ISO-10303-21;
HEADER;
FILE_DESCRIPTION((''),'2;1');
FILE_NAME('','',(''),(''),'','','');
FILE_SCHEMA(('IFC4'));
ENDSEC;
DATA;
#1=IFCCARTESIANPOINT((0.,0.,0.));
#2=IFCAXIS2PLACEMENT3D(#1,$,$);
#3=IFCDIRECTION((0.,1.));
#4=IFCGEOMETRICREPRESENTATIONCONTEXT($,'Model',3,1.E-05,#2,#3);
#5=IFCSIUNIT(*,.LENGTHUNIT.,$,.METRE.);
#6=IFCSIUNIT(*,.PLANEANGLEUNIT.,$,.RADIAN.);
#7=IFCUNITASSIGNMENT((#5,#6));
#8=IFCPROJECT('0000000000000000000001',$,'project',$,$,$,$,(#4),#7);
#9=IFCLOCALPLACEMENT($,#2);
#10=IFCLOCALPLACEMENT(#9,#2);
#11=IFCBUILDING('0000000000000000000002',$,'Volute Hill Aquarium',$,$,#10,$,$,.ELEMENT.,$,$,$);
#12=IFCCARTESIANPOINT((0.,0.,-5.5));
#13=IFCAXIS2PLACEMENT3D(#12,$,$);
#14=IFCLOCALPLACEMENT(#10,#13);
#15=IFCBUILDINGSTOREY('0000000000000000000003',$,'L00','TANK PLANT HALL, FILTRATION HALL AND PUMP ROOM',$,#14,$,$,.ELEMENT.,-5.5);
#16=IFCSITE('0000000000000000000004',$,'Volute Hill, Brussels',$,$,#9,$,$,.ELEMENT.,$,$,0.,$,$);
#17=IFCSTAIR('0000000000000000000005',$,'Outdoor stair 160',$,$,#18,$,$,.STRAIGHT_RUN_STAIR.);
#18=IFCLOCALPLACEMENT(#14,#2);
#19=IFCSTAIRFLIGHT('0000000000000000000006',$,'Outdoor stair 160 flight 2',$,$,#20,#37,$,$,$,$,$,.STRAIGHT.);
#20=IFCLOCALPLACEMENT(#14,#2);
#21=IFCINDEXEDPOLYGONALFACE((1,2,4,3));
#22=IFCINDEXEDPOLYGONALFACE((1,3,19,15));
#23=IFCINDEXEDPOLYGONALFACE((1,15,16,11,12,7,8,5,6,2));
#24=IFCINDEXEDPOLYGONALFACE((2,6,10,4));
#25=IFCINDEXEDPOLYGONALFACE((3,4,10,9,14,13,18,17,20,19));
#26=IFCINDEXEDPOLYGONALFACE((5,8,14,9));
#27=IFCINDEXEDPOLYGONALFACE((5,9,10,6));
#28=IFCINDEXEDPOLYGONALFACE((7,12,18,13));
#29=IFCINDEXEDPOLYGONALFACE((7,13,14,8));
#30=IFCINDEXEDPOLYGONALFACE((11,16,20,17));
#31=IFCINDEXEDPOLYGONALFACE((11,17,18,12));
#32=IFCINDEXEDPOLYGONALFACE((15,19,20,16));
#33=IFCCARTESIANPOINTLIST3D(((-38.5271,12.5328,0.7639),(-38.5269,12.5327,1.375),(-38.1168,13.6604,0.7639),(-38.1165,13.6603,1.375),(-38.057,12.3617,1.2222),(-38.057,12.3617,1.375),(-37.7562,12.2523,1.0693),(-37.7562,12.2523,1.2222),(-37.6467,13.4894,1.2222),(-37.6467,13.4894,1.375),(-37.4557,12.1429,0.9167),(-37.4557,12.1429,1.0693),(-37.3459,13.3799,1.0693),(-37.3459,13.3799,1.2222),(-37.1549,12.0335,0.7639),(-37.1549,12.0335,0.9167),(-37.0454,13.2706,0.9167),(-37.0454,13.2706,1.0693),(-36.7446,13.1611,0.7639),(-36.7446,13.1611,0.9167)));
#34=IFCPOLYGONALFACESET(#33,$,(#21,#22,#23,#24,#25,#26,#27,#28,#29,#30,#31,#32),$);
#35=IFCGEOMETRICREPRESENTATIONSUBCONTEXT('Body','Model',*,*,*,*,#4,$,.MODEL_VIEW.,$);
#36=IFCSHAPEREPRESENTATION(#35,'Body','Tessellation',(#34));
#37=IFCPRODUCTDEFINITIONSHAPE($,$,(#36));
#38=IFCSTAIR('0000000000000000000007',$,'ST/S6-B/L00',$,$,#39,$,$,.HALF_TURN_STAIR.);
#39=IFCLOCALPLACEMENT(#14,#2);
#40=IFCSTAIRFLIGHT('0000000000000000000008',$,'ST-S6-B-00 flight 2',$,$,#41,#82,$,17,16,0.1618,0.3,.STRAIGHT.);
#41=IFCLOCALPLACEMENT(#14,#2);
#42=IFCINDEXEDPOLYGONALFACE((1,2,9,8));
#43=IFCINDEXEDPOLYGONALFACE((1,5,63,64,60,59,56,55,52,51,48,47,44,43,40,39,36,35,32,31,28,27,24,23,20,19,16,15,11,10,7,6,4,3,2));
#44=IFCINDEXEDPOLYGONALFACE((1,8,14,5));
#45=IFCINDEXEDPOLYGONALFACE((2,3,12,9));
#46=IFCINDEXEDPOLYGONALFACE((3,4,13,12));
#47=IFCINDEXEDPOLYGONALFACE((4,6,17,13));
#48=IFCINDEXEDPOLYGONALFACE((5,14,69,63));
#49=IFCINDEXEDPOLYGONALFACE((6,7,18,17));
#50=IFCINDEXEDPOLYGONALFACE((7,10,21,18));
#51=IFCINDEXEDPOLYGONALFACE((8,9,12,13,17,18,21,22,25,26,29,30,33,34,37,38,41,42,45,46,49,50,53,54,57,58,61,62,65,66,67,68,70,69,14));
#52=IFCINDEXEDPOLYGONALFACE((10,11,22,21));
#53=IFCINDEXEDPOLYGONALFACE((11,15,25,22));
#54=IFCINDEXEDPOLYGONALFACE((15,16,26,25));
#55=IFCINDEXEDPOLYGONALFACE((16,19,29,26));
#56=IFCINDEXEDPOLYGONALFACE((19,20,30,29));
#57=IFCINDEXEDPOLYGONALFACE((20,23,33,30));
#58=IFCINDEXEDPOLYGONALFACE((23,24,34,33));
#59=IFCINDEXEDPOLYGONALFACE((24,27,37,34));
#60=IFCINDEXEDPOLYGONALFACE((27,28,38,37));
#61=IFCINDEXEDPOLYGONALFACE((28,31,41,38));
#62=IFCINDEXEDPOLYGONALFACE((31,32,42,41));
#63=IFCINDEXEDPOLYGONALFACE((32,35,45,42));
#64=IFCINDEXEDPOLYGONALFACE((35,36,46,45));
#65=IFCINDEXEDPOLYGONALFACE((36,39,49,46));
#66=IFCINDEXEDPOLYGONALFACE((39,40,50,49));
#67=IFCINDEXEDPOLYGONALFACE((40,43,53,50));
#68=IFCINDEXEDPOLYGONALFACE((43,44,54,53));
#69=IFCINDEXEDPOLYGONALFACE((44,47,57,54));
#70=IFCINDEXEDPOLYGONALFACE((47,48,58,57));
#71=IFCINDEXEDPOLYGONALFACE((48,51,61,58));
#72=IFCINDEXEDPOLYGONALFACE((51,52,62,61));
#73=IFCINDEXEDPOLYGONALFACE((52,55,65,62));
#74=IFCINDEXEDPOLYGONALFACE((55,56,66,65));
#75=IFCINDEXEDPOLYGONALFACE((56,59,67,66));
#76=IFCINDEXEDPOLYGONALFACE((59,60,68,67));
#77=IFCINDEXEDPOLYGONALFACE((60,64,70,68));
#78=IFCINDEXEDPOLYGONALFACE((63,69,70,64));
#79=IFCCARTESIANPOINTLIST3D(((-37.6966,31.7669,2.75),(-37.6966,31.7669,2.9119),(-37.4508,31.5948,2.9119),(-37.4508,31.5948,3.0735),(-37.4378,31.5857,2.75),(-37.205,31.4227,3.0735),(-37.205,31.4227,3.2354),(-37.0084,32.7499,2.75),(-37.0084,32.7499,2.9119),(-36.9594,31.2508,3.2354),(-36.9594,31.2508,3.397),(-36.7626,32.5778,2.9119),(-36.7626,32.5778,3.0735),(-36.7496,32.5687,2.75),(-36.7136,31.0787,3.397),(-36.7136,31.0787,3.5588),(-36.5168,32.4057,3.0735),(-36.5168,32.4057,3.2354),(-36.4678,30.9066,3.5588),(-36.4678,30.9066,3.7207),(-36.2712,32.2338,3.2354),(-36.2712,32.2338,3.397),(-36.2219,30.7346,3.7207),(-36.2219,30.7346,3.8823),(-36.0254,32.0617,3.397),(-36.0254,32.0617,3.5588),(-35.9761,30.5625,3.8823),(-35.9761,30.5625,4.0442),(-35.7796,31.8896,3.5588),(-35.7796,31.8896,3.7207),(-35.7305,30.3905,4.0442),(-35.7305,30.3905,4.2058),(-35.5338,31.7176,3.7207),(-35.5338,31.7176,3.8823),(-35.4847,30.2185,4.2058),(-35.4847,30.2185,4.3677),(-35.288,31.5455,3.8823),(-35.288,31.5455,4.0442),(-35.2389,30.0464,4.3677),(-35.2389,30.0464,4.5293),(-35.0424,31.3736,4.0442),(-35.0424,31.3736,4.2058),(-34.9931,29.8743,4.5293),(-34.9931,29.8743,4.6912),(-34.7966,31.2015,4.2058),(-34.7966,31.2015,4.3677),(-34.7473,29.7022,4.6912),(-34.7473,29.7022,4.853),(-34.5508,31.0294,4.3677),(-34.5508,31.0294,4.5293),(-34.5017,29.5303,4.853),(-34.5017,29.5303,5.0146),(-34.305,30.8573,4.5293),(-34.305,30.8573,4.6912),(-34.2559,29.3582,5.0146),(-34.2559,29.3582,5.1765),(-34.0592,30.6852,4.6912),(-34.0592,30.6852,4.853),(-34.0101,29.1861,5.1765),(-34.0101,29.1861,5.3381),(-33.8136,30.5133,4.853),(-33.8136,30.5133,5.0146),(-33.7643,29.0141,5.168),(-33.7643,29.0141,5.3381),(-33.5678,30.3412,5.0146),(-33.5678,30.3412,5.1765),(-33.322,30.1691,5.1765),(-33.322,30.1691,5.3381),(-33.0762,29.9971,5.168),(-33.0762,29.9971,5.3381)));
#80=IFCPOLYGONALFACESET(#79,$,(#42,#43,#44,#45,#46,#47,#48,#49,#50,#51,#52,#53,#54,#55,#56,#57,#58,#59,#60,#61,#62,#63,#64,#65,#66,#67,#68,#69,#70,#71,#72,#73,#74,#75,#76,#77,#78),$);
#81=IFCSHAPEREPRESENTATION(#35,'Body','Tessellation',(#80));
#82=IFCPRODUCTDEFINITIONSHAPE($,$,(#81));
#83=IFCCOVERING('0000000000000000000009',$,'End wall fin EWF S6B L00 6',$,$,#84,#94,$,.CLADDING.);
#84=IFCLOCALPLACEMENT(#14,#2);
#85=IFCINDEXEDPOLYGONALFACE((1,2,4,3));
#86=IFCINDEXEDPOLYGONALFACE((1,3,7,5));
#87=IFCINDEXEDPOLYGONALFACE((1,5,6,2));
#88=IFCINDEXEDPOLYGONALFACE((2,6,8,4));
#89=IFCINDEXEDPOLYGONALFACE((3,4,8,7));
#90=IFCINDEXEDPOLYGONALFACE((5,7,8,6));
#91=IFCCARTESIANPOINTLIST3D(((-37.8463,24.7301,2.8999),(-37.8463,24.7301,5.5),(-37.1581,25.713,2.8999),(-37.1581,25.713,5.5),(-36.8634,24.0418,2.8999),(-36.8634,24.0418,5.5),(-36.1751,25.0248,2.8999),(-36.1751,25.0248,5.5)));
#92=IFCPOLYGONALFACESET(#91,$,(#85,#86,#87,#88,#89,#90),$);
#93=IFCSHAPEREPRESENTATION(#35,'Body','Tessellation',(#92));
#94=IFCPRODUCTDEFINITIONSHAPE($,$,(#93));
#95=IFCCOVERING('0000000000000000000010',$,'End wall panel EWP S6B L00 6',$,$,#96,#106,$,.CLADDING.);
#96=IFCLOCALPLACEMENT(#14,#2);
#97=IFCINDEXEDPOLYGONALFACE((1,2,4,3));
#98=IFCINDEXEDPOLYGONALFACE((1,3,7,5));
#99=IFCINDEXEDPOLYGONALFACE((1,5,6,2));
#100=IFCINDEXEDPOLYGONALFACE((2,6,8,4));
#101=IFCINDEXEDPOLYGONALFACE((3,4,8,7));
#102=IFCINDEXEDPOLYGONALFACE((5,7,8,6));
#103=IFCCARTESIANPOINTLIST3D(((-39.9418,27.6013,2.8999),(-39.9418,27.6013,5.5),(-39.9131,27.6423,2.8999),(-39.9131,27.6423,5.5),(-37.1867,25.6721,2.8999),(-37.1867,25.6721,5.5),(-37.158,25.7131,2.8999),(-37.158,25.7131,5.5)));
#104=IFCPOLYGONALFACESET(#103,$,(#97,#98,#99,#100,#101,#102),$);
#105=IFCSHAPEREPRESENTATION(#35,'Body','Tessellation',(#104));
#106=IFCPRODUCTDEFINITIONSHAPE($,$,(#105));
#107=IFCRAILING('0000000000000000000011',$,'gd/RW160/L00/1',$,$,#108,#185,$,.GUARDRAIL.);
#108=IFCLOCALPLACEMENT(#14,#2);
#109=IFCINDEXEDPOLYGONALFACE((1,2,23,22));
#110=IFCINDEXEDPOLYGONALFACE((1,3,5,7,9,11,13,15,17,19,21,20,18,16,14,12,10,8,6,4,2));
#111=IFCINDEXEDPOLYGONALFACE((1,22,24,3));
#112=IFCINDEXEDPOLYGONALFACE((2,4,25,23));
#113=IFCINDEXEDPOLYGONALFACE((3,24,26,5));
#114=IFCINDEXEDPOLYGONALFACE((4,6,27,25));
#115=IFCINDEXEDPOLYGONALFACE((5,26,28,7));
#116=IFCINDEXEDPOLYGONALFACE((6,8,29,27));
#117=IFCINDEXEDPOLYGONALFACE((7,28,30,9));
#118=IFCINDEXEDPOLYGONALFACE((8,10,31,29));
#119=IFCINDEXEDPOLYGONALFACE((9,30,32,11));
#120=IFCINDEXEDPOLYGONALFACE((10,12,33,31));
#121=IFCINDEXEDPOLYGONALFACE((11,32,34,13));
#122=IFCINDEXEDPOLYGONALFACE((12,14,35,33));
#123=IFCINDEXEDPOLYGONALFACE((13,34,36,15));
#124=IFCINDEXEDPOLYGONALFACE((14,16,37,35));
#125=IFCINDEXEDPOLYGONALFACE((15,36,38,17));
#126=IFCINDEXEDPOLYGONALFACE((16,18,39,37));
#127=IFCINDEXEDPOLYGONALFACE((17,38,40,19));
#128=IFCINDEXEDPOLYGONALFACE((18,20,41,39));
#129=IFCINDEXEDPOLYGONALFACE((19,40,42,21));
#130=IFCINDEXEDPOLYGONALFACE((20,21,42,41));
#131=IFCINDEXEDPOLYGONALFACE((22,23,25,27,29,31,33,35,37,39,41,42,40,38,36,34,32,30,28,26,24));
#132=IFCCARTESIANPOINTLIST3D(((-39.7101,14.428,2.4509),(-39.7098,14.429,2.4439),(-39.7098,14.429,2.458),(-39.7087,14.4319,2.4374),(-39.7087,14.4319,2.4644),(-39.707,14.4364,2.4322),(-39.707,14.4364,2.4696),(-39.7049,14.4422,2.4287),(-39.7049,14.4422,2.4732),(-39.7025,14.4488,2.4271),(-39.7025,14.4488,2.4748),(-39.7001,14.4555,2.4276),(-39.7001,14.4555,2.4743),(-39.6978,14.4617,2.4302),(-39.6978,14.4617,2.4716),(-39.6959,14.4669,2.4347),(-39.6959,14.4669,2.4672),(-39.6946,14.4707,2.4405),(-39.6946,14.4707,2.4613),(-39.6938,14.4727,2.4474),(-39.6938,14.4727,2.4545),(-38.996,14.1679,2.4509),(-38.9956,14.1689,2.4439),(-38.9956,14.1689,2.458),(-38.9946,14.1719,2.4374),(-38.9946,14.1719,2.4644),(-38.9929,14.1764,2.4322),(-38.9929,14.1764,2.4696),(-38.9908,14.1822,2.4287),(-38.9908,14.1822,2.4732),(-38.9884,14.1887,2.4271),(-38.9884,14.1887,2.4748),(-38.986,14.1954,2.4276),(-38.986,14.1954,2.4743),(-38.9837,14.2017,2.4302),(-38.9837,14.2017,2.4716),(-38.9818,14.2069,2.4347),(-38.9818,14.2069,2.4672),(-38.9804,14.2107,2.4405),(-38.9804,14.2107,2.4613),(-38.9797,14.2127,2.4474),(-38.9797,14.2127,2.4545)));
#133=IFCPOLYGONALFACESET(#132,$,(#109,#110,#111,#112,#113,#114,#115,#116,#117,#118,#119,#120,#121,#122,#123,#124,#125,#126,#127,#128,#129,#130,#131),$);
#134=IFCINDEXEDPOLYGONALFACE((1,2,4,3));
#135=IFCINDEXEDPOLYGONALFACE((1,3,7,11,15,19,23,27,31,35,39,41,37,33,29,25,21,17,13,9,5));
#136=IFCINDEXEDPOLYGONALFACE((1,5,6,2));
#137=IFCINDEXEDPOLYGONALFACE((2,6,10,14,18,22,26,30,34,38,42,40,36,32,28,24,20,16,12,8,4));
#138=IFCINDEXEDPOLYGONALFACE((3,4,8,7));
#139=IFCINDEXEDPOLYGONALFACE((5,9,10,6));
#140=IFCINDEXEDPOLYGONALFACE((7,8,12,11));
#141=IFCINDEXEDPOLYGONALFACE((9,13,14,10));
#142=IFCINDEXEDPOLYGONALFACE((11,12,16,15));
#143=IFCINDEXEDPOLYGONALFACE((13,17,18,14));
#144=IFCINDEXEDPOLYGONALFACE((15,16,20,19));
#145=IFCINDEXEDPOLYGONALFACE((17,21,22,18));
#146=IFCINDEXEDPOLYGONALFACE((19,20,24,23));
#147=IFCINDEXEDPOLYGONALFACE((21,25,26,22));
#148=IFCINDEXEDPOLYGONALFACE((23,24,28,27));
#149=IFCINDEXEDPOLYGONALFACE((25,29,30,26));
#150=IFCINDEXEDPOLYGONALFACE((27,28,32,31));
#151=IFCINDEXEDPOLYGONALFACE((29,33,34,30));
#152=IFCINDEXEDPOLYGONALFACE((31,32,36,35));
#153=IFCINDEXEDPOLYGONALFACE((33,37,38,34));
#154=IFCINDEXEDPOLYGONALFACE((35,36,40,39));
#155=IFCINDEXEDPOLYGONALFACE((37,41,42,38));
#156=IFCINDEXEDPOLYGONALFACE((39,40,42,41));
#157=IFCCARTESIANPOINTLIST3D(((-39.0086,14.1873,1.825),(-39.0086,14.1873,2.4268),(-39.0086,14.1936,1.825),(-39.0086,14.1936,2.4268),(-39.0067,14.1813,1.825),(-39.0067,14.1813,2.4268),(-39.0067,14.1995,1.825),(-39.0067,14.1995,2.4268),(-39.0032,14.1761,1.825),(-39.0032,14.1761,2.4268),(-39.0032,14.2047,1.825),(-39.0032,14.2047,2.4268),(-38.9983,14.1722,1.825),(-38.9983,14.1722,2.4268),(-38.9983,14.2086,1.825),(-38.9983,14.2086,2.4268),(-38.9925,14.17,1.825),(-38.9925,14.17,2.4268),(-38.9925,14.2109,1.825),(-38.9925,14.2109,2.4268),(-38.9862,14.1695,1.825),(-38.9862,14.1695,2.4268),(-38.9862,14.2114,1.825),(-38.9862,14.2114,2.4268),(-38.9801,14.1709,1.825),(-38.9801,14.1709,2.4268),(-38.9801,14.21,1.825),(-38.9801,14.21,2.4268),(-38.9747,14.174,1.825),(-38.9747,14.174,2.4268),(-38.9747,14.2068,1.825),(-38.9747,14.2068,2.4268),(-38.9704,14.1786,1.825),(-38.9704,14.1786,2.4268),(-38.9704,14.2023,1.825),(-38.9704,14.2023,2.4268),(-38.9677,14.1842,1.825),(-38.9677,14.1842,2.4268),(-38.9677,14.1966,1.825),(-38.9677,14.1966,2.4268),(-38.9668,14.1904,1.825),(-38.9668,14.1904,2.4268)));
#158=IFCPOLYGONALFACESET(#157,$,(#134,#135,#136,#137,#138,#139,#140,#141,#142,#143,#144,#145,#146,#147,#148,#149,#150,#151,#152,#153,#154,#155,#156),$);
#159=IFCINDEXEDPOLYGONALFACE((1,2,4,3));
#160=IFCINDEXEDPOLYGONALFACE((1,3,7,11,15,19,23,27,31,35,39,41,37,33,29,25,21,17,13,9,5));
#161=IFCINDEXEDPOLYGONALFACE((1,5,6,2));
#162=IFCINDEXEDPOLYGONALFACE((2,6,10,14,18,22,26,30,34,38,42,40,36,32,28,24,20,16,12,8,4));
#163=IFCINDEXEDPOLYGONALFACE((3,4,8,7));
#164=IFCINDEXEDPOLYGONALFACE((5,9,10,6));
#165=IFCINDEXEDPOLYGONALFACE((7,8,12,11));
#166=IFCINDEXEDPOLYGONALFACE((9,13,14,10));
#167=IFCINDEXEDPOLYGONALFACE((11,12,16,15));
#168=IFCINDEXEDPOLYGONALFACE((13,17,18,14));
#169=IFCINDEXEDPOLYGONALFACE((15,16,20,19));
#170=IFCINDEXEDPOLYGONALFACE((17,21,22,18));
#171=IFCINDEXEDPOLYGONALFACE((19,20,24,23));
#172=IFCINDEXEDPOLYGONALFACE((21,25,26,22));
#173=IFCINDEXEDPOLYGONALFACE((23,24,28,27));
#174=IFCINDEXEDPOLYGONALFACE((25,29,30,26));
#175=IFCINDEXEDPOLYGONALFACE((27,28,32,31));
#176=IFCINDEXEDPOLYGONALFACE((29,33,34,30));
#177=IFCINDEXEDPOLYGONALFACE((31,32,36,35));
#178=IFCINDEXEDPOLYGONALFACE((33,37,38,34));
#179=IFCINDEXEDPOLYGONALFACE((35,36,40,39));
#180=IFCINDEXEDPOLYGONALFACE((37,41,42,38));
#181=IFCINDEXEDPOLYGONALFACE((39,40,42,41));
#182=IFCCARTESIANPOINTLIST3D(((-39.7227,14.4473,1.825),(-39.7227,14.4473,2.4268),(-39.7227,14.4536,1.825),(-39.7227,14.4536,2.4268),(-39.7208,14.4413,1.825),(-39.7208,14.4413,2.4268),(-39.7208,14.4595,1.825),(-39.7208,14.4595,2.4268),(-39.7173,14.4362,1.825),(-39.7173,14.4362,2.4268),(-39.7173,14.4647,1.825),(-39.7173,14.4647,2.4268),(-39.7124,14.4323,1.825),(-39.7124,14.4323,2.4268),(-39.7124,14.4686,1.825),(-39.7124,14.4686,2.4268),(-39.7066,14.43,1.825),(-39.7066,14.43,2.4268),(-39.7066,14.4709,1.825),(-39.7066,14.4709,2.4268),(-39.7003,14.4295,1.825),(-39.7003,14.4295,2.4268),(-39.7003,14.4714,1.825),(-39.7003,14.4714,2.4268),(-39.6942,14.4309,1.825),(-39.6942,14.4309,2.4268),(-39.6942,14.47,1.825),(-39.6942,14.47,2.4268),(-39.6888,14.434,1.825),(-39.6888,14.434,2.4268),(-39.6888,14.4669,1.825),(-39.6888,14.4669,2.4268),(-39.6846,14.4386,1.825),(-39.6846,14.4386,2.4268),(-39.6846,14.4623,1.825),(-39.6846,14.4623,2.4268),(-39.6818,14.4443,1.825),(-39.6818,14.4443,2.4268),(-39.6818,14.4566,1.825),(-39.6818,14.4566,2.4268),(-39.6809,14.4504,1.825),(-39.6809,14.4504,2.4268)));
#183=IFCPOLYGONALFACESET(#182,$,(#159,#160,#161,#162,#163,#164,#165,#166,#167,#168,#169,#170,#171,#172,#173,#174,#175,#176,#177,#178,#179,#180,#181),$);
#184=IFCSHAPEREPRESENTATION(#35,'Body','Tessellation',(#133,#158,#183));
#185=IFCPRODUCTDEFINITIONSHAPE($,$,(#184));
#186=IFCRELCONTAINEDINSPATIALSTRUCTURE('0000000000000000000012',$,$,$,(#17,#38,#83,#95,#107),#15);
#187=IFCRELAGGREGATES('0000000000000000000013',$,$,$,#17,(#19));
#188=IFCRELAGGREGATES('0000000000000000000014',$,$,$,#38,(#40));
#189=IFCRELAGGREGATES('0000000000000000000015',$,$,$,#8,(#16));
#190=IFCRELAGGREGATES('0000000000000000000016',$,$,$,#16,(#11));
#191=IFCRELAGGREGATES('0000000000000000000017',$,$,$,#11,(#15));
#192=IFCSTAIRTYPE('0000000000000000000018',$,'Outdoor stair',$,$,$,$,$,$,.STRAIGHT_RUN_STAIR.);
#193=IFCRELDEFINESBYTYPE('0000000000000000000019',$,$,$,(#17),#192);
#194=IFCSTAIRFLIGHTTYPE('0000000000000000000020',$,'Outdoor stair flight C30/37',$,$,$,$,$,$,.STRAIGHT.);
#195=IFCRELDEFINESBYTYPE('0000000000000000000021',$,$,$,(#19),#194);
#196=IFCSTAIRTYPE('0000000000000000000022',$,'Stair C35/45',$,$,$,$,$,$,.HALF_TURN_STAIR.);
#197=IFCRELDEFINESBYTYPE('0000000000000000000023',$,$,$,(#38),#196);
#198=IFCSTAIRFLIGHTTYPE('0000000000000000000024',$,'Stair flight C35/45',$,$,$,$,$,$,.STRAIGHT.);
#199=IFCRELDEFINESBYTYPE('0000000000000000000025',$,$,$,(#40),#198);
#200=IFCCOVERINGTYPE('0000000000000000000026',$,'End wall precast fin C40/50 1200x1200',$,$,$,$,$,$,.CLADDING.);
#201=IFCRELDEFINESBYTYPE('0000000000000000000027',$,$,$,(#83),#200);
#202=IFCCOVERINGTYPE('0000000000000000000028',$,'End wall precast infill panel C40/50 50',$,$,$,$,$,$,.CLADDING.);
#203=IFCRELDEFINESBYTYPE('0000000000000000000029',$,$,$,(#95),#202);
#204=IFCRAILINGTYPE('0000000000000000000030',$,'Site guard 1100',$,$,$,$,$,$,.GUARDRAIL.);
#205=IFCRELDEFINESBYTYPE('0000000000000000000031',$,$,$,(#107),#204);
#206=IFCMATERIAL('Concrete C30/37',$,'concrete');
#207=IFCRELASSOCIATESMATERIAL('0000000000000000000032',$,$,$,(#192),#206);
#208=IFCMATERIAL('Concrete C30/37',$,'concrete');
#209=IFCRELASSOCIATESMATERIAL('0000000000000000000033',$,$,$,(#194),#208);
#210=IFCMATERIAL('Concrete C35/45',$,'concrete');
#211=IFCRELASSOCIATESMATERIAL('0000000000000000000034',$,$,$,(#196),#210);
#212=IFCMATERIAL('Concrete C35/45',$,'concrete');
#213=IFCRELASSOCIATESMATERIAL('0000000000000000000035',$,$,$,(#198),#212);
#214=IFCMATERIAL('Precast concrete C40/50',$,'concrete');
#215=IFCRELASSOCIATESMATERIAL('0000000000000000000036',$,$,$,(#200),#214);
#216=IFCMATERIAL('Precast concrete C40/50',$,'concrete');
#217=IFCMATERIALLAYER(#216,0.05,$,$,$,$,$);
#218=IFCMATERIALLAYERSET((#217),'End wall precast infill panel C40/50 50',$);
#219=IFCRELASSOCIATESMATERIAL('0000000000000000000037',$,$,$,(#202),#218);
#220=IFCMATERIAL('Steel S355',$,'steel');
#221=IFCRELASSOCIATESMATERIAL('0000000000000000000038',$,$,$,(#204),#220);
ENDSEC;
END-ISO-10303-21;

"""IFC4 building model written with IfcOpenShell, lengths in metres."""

from ifc_helpers import new_model, si_unit, direction, frame, origin, origin_2d, place, context, subcontext, project, spatial, polyline, rectangle, circle, outline, extrude, material, layer, layer_set, type_object, element, aggregate, save


model = new_model("IFC4")

# Units and contexts
model_context = context("Model", 3, precision=1e-05, world=origin(), true_north=direction((0.0, 1.0)))
body_context = subcontext(model_context, "Body", "Model", "MODEL_VIEW")
ifc_project = project(units=[si_unit("LENGTHUNIT", "METRE"), si_unit("PLANEANGLEUNIT", "RADIAN")], contexts=[model_context])

# Site, building, storey
site_placement = place(None, origin())
site = spatial("IfcSite", under=ifc_project, at=site_placement, Name="Volute Hill, Brussels", CompositionType="ELEMENT", RefElevation=0.0)
building_placement = place(site_placement, origin())
building = spatial("IfcBuilding", under=site, at=building_placement, Name="Volute Hill Aquarium", CompositionType="ELEMENT")
storey_placement = place(building_placement, frame((0.0, 0.0, -5.5)))
storey = spatial("IfcBuildingStorey", under=building, at=storey_placement, Name="L00", Description="TANK PLANT HALL, FILTRATION HALL AND PUMP ROOM", CompositionType="ELEMENT", Elevation=-5.5)

# Stairs, stair flights
ifc_material_1 = material(Name="Concrete C30/37", Category="concrete")
stair_type_1 = type_object("IfcStairType", Name="Outdoor stair", PredefinedType="STRAIGHT_RUN_STAIR", material=ifc_material_1)
stair_1_placement = place(storey_placement, origin())
stair_1 = element("IfcStair", 1, at=stair_1_placement, inside=storey, type_object=stair_type_1, Name="Outdoor stair 160", PredefinedType="STRAIGHT_RUN_STAIR")
ifc_material_2 = material(Name="Concrete C30/37", Category="concrete")
stair_flight_type_1 = type_object("IfcStairFlightType", Name="Outdoor stair flight C30/37", PredefinedType="STRAIGHT", material=ifc_material_2)
stair_flight_1_placement = place(storey_placement, frame((-36.9497, 12.5974, 0.7639), z_axis=(0.0, 0.0, 1.0), x_axis=(-0.93972, 0.341944, 0.0)))
stair_flight_1 = element("IfcStairFlight", 2, at=stair_flight_1_placement, type_object=stair_flight_type_1, Name="Outdoor stair 160 flight 2", PredefinedType="STRAIGHT", context=body_context, shape_type="SweptSolid", body=[
    extrude(outline(polyline([(0.0, 0.0), (1.4602, 0.0), (1.46, 0.6111), (0.96, 0.6111), (0.96, 0.4583), (0.6399, 0.4583), (0.6399, 0.3054), (0.3201, 0.3054), (0.3201, 0.1528), (0.0, 0.1528), (0.0, 0.0), (0.0, 0.0)])), frame((0.0, 0.6001, 0.0), z_axis=(0.0, -1.0, 0.0), x_axis=(1.0, 0.0, 0.0)), (0.0, 0.0, 1.0), 1.2),
])
aggregate(stair_1, [stair_flight_1])
ifc_material_3 = material(Name="Concrete C35/45", Category="concrete")
stair_type_2 = type_object("IfcStairType", Name="Stair C35/45", PredefinedType="HALF_TURN_STAIR", material=ifc_material_3)
stair_2_placement = place(storey_placement, origin())
stair_2 = element("IfcStair", 3, at=stair_2_placement, inside=storey, type_object=stair_type_2, Name="ST/S6-B/L00", PredefinedType="HALF_TURN_STAIR")
ifc_material_4 = material(Name="Concrete C35/45", Category="concrete")
stair_flight_type_2 = type_object("IfcStairFlightType", Name="Stair flight C35/45", PredefinedType="STRAIGHT", material=ifc_material_4)
stair_flight_2_placement = place(storey_placement, frame((-37.3525, 32.2583, 2.75), z_axis=(0.0, 0.0, 1.0), x_axis=(0.819204, -0.573503, 0.0)))
stair_flight_2 = element("IfcStairFlight", 4, at=stair_flight_2_placement, type_object=stair_flight_type_2, Name="ST-S6-B-00 flight 2", NumberOfRisers=17, NumberOfTreads=16, PredefinedType="STRAIGHT", RiserHeight=0.1618, TreadLength=0.3, context=body_context, shape_type="SweptSolid", body=[
    extrude(outline(polyline([(0.0, 0.0), (0.0, 0.1619), (0.3, 0.1619), (0.3, 0.3235), (0.6001, 0.3235), (0.6001, 0.4854), (0.8999, 0.4854), (0.8999, 0.647), (1.2, 0.647), (1.2, 0.8088), (1.5, 0.8088), (1.5, 0.9707), (1.8, 0.9707), (1.8, 1.1323), (2.1001, 1.1323), (2.1001, 1.2942), (2.3999, 1.2942), (2.3999, 1.4558), (2.7, 1.4558), (2.7, 1.6177), (3.0, 1.6177), (3.0, 1.7793), (3.3, 1.7793), (3.3, 1.9412), (3.6001, 1.9412), (3.6001, 2.103), (3.8999, 2.103), (3.8999, 2.2646), (4.2, 2.2646), (4.2, 2.4265), (4.5, 2.4265), (4.5, 2.5881), (4.8, 2.5881), (4.8, 2.75), (4.8, 2.418), (0.3159, 0.0), (0.0, 0.0)])), frame((0.0, 0.6001, 0.0), z_axis=(0.0, -1.0, 0.0), x_axis=(1.0, 0.0, 0.0)), (0.0, 0.0, 1.0), 1.2),
])
aggregate(stair_2, [stair_flight_2])

# Coverings
ifc_material_5 = material(Name="Precast concrete C40/50", Category="concrete")
covering_type_1 = type_object("IfcCoveringType", Name="End wall precast fin C40/50 1200x1200", PredefinedType="CLADDING", material=ifc_material_5)
covering_1_placement = place(storey_placement, frame((-37.0107, 24.8774, 2.8999), z_axis=(0.0, 0.0, 1.0), x_axis=(-0.819151, 0.573577, 0.0)))
element("IfcCovering", 5, at=covering_1_placement, inside=storey, type_object=covering_type_1, Name="End wall fin EWF S6B L00 6", PredefinedType="CLADDING", context=body_context, shape_type="SweptSolid", body=[
    extrude(rectangle(XDim=1.2, YDim=1.2, at=origin_2d()), origin(), (0.0, 0.0, 1.0), 2.6001),
])
ifc_material_6 = material(Name="Precast concrete C40/50", Category="concrete")
ifc_layer_1 = layer(ifc_material_6, 0.05)
ifc_layer_set_1 = layer_set([ifc_layer_1], Name="End wall precast infill panel C40/50 50")
covering_type_2 = type_object("IfcCoveringType", Name="End wall precast infill panel C40/50 50", PredefinedType="CLADDING", material=ifc_layer_set_1)
covering_2_placement = place(storey_placement, frame((-37.158, 25.7131, 2.8999), z_axis=(0.573584, 0.819147, 0.0), x_axis=(-0.819147, 0.573584, 0.0)))
element("IfcCovering", 6, at=covering_2_placement, inside=storey, type_object=covering_type_2, Name="End wall panel EWP S6B L00 6", PredefinedType="CLADDING", context=body_context, shape_type="SweptSolid", body=[
    extrude(outline(polyline([(0.0, 0.0), (3.3634, 0.0), (3.3634, 2.6001), (0.0, 2.6001), (0.0, 0.0)])), origin(), (0.0, 0.0, -1.0), 0.05),
])

# Railing
ifc_material_7 = material(Name="Steel S355", Category="steel")
railing_type_1 = type_object("IfcRailingType", Name="Site guard 1100", PredefinedType="GUARDRAIL", material=ifc_material_7)
railing_1_placement = place(storey_placement, frame((-38.9878, 14.1904, 1.825)))
element("IfcRailing", 7, at=railing_1_placement, inside=storey, type_object=railing_type_1, Name="gd/RW160/L00/1", PredefinedType="GUARDRAIL", context=body_context, shape_type="SweptSolid", body=[
    extrude(circle(Radius=0.0239, at=origin_2d()), frame((0.0, 0.0, 0.626), z_axis=(-0.939653, 0.34213, 0.0), x_axis=(-0.34213, -0.939653, 0.0)), (0.0, 0.0, 1.0), 0.76),
    extrude(circle(Radius=0.021, at=origin_2d()), origin(), (0.0, 0.0, 1.0), 0.6018),
    extrude(circle(Radius=0.021, at=origin_2d()), frame((-0.7141, 0.26, 0.0)), (0.0, 0.0, 1.0), 0.6018),
])

save(model, "model.ifc")
